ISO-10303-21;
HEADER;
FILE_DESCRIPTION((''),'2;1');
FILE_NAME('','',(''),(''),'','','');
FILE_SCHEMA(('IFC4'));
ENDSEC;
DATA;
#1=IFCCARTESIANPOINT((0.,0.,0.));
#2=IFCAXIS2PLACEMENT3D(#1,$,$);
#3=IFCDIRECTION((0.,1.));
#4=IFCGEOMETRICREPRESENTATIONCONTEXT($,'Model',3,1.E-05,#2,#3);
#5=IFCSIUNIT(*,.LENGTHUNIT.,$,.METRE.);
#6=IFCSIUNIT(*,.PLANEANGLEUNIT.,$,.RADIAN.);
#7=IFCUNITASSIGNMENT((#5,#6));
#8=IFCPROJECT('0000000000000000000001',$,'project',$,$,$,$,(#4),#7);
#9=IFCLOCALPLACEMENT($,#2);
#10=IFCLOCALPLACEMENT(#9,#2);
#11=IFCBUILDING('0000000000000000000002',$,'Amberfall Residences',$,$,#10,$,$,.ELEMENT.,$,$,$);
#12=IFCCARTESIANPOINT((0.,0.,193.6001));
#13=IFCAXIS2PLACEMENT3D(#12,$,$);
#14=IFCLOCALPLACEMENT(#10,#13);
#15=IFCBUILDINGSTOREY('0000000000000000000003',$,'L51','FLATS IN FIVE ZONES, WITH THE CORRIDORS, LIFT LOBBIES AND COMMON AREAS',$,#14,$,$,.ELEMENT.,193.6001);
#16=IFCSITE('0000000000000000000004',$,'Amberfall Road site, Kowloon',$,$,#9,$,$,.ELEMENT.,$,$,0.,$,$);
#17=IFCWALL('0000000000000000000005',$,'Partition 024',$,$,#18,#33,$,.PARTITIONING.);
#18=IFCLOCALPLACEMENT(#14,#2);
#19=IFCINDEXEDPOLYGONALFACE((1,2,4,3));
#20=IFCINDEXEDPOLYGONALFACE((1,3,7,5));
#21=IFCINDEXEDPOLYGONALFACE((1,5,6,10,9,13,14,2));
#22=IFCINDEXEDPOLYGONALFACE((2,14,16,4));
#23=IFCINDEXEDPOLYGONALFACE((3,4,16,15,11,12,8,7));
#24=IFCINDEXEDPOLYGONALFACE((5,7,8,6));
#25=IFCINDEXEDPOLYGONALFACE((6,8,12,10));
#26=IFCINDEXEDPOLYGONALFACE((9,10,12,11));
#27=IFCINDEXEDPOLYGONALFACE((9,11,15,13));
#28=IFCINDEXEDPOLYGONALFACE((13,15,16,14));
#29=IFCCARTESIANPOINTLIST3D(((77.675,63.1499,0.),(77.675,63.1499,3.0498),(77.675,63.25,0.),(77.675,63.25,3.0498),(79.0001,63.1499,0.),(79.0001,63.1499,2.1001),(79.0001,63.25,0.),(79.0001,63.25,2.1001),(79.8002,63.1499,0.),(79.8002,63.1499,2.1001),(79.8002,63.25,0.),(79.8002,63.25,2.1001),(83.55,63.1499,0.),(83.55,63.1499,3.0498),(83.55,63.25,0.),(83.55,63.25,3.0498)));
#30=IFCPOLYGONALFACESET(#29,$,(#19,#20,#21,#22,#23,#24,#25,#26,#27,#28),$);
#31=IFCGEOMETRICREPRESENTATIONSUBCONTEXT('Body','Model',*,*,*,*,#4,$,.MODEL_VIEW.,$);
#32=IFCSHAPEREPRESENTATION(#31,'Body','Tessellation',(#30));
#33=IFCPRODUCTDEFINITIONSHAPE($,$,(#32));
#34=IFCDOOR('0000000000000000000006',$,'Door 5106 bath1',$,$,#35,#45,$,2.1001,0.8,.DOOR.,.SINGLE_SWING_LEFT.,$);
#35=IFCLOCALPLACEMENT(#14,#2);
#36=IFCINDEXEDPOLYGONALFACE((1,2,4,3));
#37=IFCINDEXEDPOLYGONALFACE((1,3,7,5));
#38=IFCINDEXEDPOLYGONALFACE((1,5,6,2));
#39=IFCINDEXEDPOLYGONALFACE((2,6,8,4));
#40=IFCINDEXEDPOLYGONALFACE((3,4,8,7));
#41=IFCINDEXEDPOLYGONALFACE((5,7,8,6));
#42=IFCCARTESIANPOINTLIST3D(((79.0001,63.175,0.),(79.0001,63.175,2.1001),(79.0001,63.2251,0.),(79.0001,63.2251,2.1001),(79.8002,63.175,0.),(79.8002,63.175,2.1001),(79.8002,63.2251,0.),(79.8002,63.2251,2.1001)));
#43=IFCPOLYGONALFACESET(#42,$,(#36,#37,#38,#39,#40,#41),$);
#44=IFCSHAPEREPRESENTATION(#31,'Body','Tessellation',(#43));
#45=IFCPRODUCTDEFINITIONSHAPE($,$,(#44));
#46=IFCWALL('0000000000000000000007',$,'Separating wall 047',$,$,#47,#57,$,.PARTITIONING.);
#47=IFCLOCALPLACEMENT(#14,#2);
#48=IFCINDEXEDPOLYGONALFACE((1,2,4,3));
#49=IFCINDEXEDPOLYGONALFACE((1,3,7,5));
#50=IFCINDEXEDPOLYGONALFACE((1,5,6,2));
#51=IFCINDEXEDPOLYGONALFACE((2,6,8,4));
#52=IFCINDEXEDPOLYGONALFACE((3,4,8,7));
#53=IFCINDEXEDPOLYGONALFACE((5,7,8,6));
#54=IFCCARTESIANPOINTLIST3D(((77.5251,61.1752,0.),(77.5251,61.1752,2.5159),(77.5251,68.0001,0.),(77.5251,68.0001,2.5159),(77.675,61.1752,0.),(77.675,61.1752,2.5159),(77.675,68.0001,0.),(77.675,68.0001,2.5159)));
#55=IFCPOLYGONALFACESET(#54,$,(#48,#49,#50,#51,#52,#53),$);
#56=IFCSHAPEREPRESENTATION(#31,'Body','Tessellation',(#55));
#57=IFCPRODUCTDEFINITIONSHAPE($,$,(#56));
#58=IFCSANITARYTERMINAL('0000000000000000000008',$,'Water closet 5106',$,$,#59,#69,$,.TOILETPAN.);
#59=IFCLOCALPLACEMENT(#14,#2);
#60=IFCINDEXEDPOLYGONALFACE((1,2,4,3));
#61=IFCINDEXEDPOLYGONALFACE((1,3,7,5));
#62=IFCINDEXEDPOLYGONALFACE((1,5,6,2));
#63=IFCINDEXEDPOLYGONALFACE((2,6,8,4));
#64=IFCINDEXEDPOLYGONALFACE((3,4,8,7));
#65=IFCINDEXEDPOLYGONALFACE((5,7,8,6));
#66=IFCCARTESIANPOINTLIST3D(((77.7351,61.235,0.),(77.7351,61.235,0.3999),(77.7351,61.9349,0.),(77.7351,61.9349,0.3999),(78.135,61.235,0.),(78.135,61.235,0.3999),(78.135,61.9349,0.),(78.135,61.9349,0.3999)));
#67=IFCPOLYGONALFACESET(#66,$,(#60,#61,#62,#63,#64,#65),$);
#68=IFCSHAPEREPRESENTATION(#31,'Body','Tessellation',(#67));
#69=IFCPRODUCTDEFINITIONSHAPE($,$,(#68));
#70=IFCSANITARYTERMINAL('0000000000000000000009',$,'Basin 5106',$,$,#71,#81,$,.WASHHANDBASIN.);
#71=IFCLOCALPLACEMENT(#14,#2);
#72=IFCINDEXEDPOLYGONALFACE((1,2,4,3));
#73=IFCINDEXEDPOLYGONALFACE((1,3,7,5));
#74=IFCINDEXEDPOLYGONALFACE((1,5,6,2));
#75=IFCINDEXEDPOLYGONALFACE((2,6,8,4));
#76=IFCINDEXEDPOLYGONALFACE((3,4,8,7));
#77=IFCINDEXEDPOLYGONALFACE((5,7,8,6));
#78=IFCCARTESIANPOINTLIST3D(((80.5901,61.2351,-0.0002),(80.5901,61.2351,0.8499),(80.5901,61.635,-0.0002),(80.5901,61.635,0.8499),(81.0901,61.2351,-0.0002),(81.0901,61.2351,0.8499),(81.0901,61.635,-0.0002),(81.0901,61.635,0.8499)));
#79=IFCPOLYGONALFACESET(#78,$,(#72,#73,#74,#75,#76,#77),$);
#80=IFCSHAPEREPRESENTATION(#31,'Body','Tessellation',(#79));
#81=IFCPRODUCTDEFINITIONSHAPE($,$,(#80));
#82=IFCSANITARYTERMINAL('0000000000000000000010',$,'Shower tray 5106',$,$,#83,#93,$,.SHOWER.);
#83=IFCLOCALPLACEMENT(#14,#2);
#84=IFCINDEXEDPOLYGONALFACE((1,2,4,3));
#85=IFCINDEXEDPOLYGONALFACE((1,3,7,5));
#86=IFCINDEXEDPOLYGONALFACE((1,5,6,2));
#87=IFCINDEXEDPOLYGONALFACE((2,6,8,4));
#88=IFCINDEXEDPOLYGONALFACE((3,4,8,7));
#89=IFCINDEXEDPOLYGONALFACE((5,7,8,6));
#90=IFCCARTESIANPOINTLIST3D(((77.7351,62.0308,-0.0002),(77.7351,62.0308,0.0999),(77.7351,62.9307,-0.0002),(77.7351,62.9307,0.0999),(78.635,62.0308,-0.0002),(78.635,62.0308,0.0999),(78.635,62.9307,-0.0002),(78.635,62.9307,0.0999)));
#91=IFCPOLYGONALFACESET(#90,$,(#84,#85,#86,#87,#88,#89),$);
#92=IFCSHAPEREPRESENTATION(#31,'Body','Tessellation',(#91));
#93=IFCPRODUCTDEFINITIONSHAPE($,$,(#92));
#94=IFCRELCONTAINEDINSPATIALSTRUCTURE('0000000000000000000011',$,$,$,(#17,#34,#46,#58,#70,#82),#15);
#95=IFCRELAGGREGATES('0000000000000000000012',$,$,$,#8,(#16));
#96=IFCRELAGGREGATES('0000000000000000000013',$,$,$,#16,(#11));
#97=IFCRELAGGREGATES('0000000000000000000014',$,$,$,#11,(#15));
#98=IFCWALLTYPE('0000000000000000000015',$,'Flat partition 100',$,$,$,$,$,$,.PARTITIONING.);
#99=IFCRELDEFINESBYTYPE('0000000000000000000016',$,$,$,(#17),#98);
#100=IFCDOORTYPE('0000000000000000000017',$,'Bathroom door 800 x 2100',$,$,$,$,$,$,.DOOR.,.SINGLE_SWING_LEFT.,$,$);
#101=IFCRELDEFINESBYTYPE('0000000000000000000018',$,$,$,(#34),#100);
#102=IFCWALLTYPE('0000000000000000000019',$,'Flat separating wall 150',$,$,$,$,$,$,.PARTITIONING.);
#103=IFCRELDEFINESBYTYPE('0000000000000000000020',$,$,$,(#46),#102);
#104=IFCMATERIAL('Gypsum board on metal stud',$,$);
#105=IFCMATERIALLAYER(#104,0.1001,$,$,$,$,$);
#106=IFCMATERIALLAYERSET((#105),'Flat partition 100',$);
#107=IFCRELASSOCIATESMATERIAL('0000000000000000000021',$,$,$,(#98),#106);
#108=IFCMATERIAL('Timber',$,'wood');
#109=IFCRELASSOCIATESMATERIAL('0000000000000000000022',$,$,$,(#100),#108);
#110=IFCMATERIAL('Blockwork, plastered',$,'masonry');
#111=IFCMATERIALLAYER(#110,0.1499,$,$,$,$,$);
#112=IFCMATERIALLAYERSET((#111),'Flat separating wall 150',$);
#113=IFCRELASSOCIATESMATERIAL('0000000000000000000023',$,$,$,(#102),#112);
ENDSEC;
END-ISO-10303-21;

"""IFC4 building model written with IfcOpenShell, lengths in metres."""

from ifc_helpers import new_model, si_unit, direction, frame, frame_2d, origin, origin_2d, place, context, subcontext, project, spatial, rectangle, extrude, material, layer, layer_set, type_object, element, fill, save


model = new_model("IFC4")

# Units and contexts
model_context = context("Model", 3, precision=1e-05, world=origin(), true_north=direction((0.0, 1.0)))
body_context = subcontext(model_context, "Body", "Model", "MODEL_VIEW")
ifc_project = project(units=[si_unit("LENGTHUNIT", "METRE"), si_unit("PLANEANGLEUNIT", "RADIAN")], contexts=[model_context])

# Site, building, storey
site_placement = place(None, origin())
site = spatial("IfcSite", under=ifc_project, at=site_placement, Name="Amberfall Road site, Kowloon", CompositionType="ELEMENT", RefElevation=0.0)
building_placement = place(site_placement, origin())
building = spatial("IfcBuilding", under=site, at=building_placement, Name="Amberfall Residences", CompositionType="ELEMENT")
storey_placement = place(building_placement, frame((0.0, 0.0, 193.6001)))
storey = spatial("IfcBuildingStorey", under=building, at=storey_placement, Name="L51", Description="FLATS IN FIVE ZONES, WITH THE CORRIDORS, LIFT LOBBIES AND COMMON AREAS", CompositionType="ELEMENT", Elevation=193.6001)

# Shared definitions
ifc_material_1 = material(Name="Gypsum board on metal stud")
ifc_layer_1 = layer(ifc_material_1, 0.1001)
ifc_layer_set_1 = layer_set([ifc_layer_1], Name="Flat partition 100")
wall_type_1 = type_object("IfcWallType", Name="Flat partition 100", PredefinedType="PARTITIONING", material=ifc_layer_set_1)

# Shared definitions
ifc_material_2 = material(Name="Timber", Category="wood")

# Wall, opening, door
wall_1_placement = place(storey_placement, frame((83.55, 63.2, 0.0), z_axis=(0.0, 0.0, 1.0), x_axis=(-1.0, 0.0, 0.0)))
wall_1 = element("IfcWall", 1, at=wall_1_placement, inside=storey, type_object=wall_type_1, Name="Partition 024", PredefinedType="PARTITIONING", context=body_context, shape_type="SweptSolid", body=[
    extrude(rectangle(XDim=5.875, YDim=0.1001, at=frame_2d((2.9375, 0.0))), origin(), (0.0, 0.0, 1.0), 3.0498),
])
opening_1_placement = place(wall_1_placement, frame((3.75, 0.0, 0.0)))
opening_1 = element("IfcOpeningElement", 2, at=opening_1_placement, cuts=wall_1, PredefinedType="OPENING", context=body_context, shape_type="SweptSolid", body=[
    extrude(rectangle(XDim=0.8, YDim=2.1001, at=frame_2d((0.3999, 1.05))), frame((0.0, 0.0601, 0.0), z_axis=(0.0, -1.0, 0.0), x_axis=(1.0, 0.0, 0.0)), (0.0, 0.0, 1.0), 0.1201),
])
door_type_1 = type_object("IfcDoorType", Name="Bathroom door 800 x 2100", OperationType="SINGLE_SWING_LEFT", PredefinedType="DOOR", material=ifc_material_2)
door_1_placement = place(opening_1_placement, origin())
door_1 = element("IfcDoor", 3, at=door_1_placement, inside=storey, type_object=door_type_1, Name="Door 5106 bath1", OperationType="SINGLE_SWING_LEFT", OverallHeight=2.1001, OverallWidth=0.8, PredefinedType="DOOR", context=body_context, shape_type="SweptSolid", body=[
    extrude(rectangle(XDim=0.8, YDim=2.1001, at=frame_2d((0.3999, 1.05))), frame((0.0, 0.0249, 0.0), z_axis=(0.0, -1.0, 0.0), x_axis=(1.0, 0.0, 0.0)), (0.0, 0.0, 1.0), 0.05),
])
fill(opening_1, door_1)

# Wall
ifc_material_3 = material(Name="Blockwork, plastered", Category="masonry")
ifc_layer_2 = layer(ifc_material_3, 0.1499)
ifc_layer_set_2 = layer_set([ifc_layer_2], Name="Flat separating wall 150")
wall_type_2 = type_object("IfcWallType", Name="Flat separating wall 150", PredefinedType="PARTITIONING", material=ifc_layer_set_2)
wall_2_placement = place(storey_placement, frame((77.6001, 61.175, 0.0), z_axis=(0.0, 0.0, 1.0), x_axis=(0.0, 1.0, 0.0)))
element("IfcWall", 4, at=wall_2_placement, inside=storey, type_object=wall_type_2, Name="Separating wall 047", PredefinedType="PARTITIONING", context=body_context, shape_type="SweptSolid", body=[
    extrude(rectangle(XDim=6.825, YDim=0.1499, at=frame_2d((3.4126, 0.0))), origin(), (0.0, 0.0, 1.0), 2.5159),
])

# Sanitary terminals
sanitary_terminal_1_placement = place(storey_placement, frame((77.9351, 61.585, 0.0), z_axis=(0.0, 0.0, 1.0), x_axis=(1.0, 0.0, 0.0)))
element("IfcSanitaryTerminal", 5, at=sanitary_terminal_1_placement, inside=storey, Name="Water closet 5106", PredefinedType="TOILETPAN", context=body_context, shape_type="SweptSolid", body=[
    extrude(rectangle(XDim=0.3999, YDim=0.7, at=origin_2d()), origin(), (0.0, 0.0, 1.0), 0.3999),
])
sanitary_terminal_2_placement = place(storey_placement, frame((80.8401, 61.4351, -0.0002), z_axis=(0.0, 0.0, 1.0), x_axis=(1.0, 0.0, 0.0)))
element("IfcSanitaryTerminal", 6, at=sanitary_terminal_2_placement, inside=storey, Name="Basin 5106", PredefinedType="WASHHANDBASIN", context=body_context, shape_type="SweptSolid", body=[
    extrude(rectangle(XDim=0.5, YDim=0.3999, at=origin_2d()), origin(), (0.0, 0.0, 1.0), 0.8501),
])
sanitary_terminal_3_placement = place(storey_placement, frame((78.1851, 62.4807, -0.0002), z_axis=(0.0, 0.0, 1.0), x_axis=(1.0, 0.0, 0.0)))
element("IfcSanitaryTerminal", 7, at=sanitary_terminal_3_placement, inside=storey, Name="Shower tray 5106", PredefinedType="SHOWER", context=body_context, shape_type="SweptSolid", body=[
    extrude(rectangle(XDim=0.8999, YDim=0.8999, at=origin_2d()), origin(), (0.0, 0.0, 1.0), 0.1001),
])

save(model, "model.ifc")
